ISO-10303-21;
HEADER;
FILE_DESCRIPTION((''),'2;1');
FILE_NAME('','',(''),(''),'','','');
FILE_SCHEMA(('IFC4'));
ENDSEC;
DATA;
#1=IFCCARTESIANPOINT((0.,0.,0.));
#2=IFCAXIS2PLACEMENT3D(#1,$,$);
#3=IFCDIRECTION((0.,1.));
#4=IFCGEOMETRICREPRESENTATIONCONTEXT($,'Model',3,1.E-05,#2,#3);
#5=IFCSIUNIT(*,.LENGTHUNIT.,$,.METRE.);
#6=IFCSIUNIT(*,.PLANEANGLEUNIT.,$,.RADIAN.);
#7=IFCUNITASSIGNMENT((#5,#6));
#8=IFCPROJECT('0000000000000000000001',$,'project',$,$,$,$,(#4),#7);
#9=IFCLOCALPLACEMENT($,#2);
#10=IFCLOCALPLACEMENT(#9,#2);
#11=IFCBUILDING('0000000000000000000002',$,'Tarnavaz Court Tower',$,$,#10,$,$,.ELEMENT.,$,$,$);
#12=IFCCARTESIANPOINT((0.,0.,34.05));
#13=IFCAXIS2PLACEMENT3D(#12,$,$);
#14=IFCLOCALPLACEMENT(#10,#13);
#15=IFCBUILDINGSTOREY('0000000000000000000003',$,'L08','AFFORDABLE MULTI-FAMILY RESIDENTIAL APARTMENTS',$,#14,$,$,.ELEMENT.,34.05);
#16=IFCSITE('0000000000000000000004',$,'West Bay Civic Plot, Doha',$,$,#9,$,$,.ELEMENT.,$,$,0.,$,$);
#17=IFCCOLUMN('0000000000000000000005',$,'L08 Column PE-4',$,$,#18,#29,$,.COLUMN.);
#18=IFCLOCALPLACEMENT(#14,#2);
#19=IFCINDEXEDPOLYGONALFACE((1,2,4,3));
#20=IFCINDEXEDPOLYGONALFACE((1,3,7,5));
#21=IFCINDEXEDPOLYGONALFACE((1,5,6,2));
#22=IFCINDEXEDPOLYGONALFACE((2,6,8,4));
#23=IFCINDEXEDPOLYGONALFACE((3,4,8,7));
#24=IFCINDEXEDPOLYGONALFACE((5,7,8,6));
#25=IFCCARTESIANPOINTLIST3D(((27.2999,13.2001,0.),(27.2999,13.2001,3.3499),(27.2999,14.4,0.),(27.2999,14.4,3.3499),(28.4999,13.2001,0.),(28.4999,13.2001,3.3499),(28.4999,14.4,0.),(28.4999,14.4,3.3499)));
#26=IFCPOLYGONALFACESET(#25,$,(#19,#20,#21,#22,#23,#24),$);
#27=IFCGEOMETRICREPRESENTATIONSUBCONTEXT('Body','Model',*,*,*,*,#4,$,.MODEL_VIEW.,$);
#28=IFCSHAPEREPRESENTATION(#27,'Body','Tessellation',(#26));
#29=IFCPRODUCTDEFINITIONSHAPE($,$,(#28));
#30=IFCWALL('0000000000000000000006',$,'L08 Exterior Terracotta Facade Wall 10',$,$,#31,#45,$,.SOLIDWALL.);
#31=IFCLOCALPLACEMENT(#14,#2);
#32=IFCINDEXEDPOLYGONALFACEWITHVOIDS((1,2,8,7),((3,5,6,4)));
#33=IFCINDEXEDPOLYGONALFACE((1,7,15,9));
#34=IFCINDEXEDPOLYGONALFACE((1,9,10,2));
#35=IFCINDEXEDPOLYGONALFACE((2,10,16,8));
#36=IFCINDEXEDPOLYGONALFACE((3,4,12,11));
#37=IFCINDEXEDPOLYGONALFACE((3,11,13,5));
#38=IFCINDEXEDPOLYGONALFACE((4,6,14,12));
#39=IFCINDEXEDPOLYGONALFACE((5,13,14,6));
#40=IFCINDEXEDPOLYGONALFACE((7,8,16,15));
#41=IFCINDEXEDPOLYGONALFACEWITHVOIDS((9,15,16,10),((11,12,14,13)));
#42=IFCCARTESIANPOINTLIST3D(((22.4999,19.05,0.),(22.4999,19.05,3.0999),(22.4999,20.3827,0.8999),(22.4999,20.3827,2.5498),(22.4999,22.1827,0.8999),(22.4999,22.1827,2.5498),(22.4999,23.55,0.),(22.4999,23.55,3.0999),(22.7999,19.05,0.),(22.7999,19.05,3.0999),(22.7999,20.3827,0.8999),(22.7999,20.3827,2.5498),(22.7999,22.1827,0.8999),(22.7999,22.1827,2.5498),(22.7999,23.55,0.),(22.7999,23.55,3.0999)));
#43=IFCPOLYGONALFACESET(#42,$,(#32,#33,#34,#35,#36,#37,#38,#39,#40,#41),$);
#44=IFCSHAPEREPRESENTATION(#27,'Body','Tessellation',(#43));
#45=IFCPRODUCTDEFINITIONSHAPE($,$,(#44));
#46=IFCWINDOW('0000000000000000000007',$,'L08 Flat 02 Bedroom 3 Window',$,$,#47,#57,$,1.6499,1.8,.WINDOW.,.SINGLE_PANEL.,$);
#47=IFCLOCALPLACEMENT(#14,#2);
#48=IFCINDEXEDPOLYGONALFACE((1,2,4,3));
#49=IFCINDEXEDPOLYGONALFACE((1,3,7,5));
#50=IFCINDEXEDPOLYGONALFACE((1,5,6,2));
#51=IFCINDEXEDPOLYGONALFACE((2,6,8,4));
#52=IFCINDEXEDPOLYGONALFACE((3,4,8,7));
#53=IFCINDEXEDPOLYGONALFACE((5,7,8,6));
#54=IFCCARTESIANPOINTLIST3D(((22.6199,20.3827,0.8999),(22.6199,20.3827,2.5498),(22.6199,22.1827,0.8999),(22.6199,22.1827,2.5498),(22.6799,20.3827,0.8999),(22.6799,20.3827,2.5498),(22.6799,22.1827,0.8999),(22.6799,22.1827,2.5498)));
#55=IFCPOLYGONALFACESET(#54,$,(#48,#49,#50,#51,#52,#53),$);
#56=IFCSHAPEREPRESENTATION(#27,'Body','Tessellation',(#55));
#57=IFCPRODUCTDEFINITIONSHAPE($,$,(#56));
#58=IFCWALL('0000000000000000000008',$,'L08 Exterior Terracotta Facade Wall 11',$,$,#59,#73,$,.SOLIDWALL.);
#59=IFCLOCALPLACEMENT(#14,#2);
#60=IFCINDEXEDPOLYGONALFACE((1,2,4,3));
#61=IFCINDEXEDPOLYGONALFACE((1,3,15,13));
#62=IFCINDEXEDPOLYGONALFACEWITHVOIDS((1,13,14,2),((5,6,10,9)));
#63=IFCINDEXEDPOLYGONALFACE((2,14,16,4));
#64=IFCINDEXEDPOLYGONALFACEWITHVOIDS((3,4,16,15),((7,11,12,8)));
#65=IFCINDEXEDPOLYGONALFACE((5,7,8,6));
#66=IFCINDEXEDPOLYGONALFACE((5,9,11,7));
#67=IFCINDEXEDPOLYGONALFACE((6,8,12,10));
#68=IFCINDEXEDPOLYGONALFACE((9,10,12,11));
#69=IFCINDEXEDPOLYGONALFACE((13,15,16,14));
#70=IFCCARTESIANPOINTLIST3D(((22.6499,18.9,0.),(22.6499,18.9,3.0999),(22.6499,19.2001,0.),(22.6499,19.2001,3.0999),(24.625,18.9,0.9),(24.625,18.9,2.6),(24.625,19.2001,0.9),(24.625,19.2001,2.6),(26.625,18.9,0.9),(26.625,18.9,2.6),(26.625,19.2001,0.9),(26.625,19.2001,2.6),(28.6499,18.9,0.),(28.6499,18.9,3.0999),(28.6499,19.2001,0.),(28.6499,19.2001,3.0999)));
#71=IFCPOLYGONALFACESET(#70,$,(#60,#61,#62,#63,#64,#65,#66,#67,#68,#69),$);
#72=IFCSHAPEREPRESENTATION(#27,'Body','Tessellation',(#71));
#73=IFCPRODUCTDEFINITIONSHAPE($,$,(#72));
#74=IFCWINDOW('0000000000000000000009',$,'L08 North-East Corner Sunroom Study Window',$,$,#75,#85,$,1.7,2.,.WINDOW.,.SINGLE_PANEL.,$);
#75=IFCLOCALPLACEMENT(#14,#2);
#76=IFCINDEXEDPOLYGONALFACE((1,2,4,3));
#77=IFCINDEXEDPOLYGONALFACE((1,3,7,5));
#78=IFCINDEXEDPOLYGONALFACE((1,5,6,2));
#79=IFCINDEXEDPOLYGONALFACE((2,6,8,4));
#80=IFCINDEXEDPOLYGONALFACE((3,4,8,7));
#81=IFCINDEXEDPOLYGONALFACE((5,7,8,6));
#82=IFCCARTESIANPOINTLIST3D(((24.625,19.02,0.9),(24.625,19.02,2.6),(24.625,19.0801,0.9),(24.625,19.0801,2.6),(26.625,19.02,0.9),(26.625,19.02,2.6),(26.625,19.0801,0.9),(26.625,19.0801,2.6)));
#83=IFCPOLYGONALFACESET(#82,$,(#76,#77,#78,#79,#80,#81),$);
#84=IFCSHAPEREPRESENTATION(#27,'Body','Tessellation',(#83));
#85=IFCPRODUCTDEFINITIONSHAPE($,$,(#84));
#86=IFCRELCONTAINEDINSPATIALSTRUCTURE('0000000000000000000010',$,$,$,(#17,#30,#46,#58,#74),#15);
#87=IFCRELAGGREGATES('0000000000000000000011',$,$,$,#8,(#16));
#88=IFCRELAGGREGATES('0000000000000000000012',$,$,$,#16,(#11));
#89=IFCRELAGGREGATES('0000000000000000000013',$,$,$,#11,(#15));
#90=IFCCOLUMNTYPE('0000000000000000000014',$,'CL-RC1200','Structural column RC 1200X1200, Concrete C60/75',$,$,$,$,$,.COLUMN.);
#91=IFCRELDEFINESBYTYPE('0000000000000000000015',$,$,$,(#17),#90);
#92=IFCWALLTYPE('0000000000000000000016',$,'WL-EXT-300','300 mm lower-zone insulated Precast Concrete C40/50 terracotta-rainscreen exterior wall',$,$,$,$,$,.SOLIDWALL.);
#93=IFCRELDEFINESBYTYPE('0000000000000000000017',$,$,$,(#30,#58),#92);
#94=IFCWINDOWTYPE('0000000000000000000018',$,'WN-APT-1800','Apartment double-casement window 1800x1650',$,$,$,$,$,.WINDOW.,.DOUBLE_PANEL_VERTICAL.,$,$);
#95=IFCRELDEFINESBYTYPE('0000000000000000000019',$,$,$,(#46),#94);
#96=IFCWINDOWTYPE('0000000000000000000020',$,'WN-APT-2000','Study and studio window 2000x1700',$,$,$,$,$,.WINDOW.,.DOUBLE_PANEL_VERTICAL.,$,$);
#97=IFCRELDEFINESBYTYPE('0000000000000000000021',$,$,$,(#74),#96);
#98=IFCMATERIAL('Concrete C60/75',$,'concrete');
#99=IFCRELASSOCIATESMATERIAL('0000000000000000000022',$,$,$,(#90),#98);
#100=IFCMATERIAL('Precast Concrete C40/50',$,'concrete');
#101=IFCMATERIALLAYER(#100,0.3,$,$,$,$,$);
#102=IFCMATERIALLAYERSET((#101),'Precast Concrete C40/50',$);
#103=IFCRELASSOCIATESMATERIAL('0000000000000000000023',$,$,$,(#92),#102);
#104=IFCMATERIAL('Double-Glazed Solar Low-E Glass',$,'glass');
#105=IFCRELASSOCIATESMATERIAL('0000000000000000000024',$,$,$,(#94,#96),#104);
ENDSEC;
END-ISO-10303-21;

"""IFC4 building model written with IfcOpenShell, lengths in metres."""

from ifc_helpers import new_model, si_unit, direction, frame, frame_2d, origin, origin_2d, place, context, subcontext, project, spatial, rectangle, extrude, material, layer, layer_set, material_profile, profile_set, type_object, element, fill, save


model = new_model("IFC4")

# Units and contexts
model_context = context("Model", 3, precision=1e-05, world=origin(), true_north=direction((0.0, 1.0)))
body_context = subcontext(model_context, "Body", "Model", "MODEL_VIEW")
ifc_project = project(units=[si_unit("LENGTHUNIT", "METRE"), si_unit("PLANEANGLEUNIT", "RADIAN")], contexts=[model_context])

# Site, building, storey
site_placement = place(None, origin())
site = spatial("IfcSite", under=ifc_project, at=site_placement, Name="West Bay Civic Plot, Doha", CompositionType="ELEMENT", RefElevation=0.0)
building_placement = place(site_placement, origin())
building = spatial("IfcBuilding", under=site, at=building_placement, Name="Tarnavaz Court Tower", CompositionType="ELEMENT")
storey_placement = place(building_placement, frame((0.0, 0.0, 34.05)))
storey = spatial("IfcBuildingStorey", under=building, at=storey_placement, Name="L08", Description="AFFORDABLE MULTI-FAMILY RESIDENTIAL APARTMENTS", CompositionType="ELEMENT", Elevation=34.05)

# Column
ifc_material_1 = material(Name="Concrete C60/75", Category="concrete")
ifc_material_profile_1 = material_profile(ifc_material_1, rectangle(XDim=1.2, YDim=1.2, at=origin_2d()), Name="RC 1200X1200")
ifc_profile_set_1 = profile_set([ifc_material_profile_1], Name="Concrete C60/75")
column_type = type_object("IfcColumnType", Name="CL-RC1200", Description="Structural column RC 1200X1200, Concrete C60/75", PredefinedType="COLUMN", material=ifc_profile_set_1)
column_placement = place(storey_placement, frame((27.8999, 13.8, 0.0), z_axis=(0.0, 0.0, 1.0), x_axis=(1.0, 0.0, 0.0)))
element("IfcColumn", 1, at=column_placement, inside=storey, type_object=column_type, Name="L08 Column PE-4", PredefinedType="COLUMN", context=body_context, shape_type="SweptSolid", body=[
    extrude(rectangle(XDim=1.2, YDim=1.2, at=origin_2d()), origin(), (0.0, 0.0, 1.0), 3.3499),
])

# Walls, openings, windows
ifc_material_2 = material(Name="Precast Concrete C40/50", Category="concrete")
ifc_layer_1 = layer(ifc_material_2, 0.3)
ifc_layer_set_1 = layer_set([ifc_layer_1], Name="Precast Concrete C40/50")
wall_type_1 = type_object("IfcWallType", Name="WL-EXT-300", Description="300 mm lower-zone insulated Precast Concrete C40/50 terracotta-rainscreen exterior wall", PredefinedType="SOLIDWALL", material=ifc_layer_set_1)
wall_1_placement = place(storey_placement, frame((22.6499, 23.55, 0.0), z_axis=(0.0, 0.0, 1.0), x_axis=(0.0, -1.0, 0.0)))
wall_1 = element("IfcWall", 2, at=wall_1_placement, inside=storey, type_object=wall_type_1, Name="L08 Exterior Terracotta Facade Wall 10", PredefinedType="SOLIDWALL", context=body_context, shape_type="SweptSolid", body=[
    extrude(rectangle(XDim=4.5, YDim=0.3, at=frame_2d((2.25, 0.0))), origin(), (0.0, 0.0, 1.0), 3.0999),
])
opening_1_placement = place(wall_1_placement, frame((1.3674, 0.0, 0.8999)))
opening_1 = element("IfcOpeningElement", 3, at=opening_1_placement, cuts=wall_1, PredefinedType="OPENING", context=body_context, shape_type="SweptSolid", body=[
    extrude(rectangle(XDim=1.8, YDim=1.6499, at=frame_2d((0.8999, 0.825))), frame((0.0, 0.1599, 0.0), z_axis=(0.0, -1.0, 0.0), x_axis=(1.0, 0.0, 0.0)), (0.0, 0.0, 1.0), 0.3201),
])
ifc_material_3 = material(Name="Double-Glazed Solar Low-E Glass", Category="glass")
window_type_1 = type_object("IfcWindowType", Name="WN-APT-1800", Description="Apartment double-casement window 1800x1650", PartitioningType="DOUBLE_PANEL_VERTICAL", PredefinedType="WINDOW", material=ifc_material_3)
window_1_placement = place(opening_1_placement, origin())
window_1 = element("IfcWindow", 4, at=window_1_placement, inside=storey, type_object=window_type_1, Name="L08 Flat 02 Bedroom 3 Window", OverallHeight=1.6499, OverallWidth=1.8, PartitioningType="SINGLE_PANEL", PredefinedType="WINDOW", context=body_context, shape_type="SweptSolid", body=[
    extrude(rectangle(XDim=1.8, YDim=1.6499, at=frame_2d((0.8999, 0.825))), frame((0.0, 0.03, 0.0), z_axis=(0.0, -1.0, 0.0), x_axis=(1.0, 0.0, 0.0)), (0.0, 0.0, 1.0), 0.0601),
])
fill(opening_1, window_1)
wall_2_placement = place(storey_placement, frame((22.6499, 19.05, 0.0), z_axis=(0.0, 0.0, 1.0), x_axis=(1.0, 0.0, 0.0)))
wall_2 = element("IfcWall", 5, at=wall_2_placement, inside=storey, type_object=wall_type_1, Name="L08 Exterior Terracotta Facade Wall 11", PredefinedType="SOLIDWALL", context=body_context, shape_type="SweptSolid", body=[
    extrude(rectangle(XDim=6.0, YDim=0.3, at=frame_2d((3.0, 0.0))), origin(), (0.0, 0.0, 1.0), 3.0999),
])
opening_2_placement = place(wall_2_placement, frame((1.9751, 0.0, 0.8999)))
opening_2 = element("IfcOpeningElement", 6, at=opening_2_placement, cuts=wall_2, PredefinedType="OPENING", context=body_context, shape_type="SweptSolid", body=[
    extrude(rectangle(XDim=2.0, YDim=1.7, at=frame_2d((1.0, 0.8501))), frame((0.0, 0.1599, 0.0), z_axis=(0.0, -1.0, 0.0), x_axis=(1.0, 0.0, 0.0)), (0.0, 0.0, 1.0), 0.3201),
])
window_type_2 = type_object("IfcWindowType", Name="WN-APT-2000", Description="Study and studio window 2000x1700", PartitioningType="DOUBLE_PANEL_VERTICAL", PredefinedType="WINDOW", material=ifc_material_3)
window_2_placement = place(opening_2_placement, origin())
window_2 = element("IfcWindow", 7, at=window_2_placement, inside=storey, type_object=window_type_2, Name="L08 North-East Corner Sunroom Study Window", OverallHeight=1.7, OverallWidth=2.0, PartitioningType="SINGLE_PANEL", PredefinedType="WINDOW", context=body_context, shape_type="SweptSolid", body=[
    extrude(rectangle(XDim=2.0, YDim=1.7, at=frame_2d((1.0, 0.8501))), frame((0.0, 0.03, 0.0), z_axis=(0.0, -1.0, 0.0), x_axis=(1.0, 0.0, 0.0)), (0.0, 0.0, 1.0), 0.0601),
])
fill(opening_2, window_2)

save(model, "model.ifc")
